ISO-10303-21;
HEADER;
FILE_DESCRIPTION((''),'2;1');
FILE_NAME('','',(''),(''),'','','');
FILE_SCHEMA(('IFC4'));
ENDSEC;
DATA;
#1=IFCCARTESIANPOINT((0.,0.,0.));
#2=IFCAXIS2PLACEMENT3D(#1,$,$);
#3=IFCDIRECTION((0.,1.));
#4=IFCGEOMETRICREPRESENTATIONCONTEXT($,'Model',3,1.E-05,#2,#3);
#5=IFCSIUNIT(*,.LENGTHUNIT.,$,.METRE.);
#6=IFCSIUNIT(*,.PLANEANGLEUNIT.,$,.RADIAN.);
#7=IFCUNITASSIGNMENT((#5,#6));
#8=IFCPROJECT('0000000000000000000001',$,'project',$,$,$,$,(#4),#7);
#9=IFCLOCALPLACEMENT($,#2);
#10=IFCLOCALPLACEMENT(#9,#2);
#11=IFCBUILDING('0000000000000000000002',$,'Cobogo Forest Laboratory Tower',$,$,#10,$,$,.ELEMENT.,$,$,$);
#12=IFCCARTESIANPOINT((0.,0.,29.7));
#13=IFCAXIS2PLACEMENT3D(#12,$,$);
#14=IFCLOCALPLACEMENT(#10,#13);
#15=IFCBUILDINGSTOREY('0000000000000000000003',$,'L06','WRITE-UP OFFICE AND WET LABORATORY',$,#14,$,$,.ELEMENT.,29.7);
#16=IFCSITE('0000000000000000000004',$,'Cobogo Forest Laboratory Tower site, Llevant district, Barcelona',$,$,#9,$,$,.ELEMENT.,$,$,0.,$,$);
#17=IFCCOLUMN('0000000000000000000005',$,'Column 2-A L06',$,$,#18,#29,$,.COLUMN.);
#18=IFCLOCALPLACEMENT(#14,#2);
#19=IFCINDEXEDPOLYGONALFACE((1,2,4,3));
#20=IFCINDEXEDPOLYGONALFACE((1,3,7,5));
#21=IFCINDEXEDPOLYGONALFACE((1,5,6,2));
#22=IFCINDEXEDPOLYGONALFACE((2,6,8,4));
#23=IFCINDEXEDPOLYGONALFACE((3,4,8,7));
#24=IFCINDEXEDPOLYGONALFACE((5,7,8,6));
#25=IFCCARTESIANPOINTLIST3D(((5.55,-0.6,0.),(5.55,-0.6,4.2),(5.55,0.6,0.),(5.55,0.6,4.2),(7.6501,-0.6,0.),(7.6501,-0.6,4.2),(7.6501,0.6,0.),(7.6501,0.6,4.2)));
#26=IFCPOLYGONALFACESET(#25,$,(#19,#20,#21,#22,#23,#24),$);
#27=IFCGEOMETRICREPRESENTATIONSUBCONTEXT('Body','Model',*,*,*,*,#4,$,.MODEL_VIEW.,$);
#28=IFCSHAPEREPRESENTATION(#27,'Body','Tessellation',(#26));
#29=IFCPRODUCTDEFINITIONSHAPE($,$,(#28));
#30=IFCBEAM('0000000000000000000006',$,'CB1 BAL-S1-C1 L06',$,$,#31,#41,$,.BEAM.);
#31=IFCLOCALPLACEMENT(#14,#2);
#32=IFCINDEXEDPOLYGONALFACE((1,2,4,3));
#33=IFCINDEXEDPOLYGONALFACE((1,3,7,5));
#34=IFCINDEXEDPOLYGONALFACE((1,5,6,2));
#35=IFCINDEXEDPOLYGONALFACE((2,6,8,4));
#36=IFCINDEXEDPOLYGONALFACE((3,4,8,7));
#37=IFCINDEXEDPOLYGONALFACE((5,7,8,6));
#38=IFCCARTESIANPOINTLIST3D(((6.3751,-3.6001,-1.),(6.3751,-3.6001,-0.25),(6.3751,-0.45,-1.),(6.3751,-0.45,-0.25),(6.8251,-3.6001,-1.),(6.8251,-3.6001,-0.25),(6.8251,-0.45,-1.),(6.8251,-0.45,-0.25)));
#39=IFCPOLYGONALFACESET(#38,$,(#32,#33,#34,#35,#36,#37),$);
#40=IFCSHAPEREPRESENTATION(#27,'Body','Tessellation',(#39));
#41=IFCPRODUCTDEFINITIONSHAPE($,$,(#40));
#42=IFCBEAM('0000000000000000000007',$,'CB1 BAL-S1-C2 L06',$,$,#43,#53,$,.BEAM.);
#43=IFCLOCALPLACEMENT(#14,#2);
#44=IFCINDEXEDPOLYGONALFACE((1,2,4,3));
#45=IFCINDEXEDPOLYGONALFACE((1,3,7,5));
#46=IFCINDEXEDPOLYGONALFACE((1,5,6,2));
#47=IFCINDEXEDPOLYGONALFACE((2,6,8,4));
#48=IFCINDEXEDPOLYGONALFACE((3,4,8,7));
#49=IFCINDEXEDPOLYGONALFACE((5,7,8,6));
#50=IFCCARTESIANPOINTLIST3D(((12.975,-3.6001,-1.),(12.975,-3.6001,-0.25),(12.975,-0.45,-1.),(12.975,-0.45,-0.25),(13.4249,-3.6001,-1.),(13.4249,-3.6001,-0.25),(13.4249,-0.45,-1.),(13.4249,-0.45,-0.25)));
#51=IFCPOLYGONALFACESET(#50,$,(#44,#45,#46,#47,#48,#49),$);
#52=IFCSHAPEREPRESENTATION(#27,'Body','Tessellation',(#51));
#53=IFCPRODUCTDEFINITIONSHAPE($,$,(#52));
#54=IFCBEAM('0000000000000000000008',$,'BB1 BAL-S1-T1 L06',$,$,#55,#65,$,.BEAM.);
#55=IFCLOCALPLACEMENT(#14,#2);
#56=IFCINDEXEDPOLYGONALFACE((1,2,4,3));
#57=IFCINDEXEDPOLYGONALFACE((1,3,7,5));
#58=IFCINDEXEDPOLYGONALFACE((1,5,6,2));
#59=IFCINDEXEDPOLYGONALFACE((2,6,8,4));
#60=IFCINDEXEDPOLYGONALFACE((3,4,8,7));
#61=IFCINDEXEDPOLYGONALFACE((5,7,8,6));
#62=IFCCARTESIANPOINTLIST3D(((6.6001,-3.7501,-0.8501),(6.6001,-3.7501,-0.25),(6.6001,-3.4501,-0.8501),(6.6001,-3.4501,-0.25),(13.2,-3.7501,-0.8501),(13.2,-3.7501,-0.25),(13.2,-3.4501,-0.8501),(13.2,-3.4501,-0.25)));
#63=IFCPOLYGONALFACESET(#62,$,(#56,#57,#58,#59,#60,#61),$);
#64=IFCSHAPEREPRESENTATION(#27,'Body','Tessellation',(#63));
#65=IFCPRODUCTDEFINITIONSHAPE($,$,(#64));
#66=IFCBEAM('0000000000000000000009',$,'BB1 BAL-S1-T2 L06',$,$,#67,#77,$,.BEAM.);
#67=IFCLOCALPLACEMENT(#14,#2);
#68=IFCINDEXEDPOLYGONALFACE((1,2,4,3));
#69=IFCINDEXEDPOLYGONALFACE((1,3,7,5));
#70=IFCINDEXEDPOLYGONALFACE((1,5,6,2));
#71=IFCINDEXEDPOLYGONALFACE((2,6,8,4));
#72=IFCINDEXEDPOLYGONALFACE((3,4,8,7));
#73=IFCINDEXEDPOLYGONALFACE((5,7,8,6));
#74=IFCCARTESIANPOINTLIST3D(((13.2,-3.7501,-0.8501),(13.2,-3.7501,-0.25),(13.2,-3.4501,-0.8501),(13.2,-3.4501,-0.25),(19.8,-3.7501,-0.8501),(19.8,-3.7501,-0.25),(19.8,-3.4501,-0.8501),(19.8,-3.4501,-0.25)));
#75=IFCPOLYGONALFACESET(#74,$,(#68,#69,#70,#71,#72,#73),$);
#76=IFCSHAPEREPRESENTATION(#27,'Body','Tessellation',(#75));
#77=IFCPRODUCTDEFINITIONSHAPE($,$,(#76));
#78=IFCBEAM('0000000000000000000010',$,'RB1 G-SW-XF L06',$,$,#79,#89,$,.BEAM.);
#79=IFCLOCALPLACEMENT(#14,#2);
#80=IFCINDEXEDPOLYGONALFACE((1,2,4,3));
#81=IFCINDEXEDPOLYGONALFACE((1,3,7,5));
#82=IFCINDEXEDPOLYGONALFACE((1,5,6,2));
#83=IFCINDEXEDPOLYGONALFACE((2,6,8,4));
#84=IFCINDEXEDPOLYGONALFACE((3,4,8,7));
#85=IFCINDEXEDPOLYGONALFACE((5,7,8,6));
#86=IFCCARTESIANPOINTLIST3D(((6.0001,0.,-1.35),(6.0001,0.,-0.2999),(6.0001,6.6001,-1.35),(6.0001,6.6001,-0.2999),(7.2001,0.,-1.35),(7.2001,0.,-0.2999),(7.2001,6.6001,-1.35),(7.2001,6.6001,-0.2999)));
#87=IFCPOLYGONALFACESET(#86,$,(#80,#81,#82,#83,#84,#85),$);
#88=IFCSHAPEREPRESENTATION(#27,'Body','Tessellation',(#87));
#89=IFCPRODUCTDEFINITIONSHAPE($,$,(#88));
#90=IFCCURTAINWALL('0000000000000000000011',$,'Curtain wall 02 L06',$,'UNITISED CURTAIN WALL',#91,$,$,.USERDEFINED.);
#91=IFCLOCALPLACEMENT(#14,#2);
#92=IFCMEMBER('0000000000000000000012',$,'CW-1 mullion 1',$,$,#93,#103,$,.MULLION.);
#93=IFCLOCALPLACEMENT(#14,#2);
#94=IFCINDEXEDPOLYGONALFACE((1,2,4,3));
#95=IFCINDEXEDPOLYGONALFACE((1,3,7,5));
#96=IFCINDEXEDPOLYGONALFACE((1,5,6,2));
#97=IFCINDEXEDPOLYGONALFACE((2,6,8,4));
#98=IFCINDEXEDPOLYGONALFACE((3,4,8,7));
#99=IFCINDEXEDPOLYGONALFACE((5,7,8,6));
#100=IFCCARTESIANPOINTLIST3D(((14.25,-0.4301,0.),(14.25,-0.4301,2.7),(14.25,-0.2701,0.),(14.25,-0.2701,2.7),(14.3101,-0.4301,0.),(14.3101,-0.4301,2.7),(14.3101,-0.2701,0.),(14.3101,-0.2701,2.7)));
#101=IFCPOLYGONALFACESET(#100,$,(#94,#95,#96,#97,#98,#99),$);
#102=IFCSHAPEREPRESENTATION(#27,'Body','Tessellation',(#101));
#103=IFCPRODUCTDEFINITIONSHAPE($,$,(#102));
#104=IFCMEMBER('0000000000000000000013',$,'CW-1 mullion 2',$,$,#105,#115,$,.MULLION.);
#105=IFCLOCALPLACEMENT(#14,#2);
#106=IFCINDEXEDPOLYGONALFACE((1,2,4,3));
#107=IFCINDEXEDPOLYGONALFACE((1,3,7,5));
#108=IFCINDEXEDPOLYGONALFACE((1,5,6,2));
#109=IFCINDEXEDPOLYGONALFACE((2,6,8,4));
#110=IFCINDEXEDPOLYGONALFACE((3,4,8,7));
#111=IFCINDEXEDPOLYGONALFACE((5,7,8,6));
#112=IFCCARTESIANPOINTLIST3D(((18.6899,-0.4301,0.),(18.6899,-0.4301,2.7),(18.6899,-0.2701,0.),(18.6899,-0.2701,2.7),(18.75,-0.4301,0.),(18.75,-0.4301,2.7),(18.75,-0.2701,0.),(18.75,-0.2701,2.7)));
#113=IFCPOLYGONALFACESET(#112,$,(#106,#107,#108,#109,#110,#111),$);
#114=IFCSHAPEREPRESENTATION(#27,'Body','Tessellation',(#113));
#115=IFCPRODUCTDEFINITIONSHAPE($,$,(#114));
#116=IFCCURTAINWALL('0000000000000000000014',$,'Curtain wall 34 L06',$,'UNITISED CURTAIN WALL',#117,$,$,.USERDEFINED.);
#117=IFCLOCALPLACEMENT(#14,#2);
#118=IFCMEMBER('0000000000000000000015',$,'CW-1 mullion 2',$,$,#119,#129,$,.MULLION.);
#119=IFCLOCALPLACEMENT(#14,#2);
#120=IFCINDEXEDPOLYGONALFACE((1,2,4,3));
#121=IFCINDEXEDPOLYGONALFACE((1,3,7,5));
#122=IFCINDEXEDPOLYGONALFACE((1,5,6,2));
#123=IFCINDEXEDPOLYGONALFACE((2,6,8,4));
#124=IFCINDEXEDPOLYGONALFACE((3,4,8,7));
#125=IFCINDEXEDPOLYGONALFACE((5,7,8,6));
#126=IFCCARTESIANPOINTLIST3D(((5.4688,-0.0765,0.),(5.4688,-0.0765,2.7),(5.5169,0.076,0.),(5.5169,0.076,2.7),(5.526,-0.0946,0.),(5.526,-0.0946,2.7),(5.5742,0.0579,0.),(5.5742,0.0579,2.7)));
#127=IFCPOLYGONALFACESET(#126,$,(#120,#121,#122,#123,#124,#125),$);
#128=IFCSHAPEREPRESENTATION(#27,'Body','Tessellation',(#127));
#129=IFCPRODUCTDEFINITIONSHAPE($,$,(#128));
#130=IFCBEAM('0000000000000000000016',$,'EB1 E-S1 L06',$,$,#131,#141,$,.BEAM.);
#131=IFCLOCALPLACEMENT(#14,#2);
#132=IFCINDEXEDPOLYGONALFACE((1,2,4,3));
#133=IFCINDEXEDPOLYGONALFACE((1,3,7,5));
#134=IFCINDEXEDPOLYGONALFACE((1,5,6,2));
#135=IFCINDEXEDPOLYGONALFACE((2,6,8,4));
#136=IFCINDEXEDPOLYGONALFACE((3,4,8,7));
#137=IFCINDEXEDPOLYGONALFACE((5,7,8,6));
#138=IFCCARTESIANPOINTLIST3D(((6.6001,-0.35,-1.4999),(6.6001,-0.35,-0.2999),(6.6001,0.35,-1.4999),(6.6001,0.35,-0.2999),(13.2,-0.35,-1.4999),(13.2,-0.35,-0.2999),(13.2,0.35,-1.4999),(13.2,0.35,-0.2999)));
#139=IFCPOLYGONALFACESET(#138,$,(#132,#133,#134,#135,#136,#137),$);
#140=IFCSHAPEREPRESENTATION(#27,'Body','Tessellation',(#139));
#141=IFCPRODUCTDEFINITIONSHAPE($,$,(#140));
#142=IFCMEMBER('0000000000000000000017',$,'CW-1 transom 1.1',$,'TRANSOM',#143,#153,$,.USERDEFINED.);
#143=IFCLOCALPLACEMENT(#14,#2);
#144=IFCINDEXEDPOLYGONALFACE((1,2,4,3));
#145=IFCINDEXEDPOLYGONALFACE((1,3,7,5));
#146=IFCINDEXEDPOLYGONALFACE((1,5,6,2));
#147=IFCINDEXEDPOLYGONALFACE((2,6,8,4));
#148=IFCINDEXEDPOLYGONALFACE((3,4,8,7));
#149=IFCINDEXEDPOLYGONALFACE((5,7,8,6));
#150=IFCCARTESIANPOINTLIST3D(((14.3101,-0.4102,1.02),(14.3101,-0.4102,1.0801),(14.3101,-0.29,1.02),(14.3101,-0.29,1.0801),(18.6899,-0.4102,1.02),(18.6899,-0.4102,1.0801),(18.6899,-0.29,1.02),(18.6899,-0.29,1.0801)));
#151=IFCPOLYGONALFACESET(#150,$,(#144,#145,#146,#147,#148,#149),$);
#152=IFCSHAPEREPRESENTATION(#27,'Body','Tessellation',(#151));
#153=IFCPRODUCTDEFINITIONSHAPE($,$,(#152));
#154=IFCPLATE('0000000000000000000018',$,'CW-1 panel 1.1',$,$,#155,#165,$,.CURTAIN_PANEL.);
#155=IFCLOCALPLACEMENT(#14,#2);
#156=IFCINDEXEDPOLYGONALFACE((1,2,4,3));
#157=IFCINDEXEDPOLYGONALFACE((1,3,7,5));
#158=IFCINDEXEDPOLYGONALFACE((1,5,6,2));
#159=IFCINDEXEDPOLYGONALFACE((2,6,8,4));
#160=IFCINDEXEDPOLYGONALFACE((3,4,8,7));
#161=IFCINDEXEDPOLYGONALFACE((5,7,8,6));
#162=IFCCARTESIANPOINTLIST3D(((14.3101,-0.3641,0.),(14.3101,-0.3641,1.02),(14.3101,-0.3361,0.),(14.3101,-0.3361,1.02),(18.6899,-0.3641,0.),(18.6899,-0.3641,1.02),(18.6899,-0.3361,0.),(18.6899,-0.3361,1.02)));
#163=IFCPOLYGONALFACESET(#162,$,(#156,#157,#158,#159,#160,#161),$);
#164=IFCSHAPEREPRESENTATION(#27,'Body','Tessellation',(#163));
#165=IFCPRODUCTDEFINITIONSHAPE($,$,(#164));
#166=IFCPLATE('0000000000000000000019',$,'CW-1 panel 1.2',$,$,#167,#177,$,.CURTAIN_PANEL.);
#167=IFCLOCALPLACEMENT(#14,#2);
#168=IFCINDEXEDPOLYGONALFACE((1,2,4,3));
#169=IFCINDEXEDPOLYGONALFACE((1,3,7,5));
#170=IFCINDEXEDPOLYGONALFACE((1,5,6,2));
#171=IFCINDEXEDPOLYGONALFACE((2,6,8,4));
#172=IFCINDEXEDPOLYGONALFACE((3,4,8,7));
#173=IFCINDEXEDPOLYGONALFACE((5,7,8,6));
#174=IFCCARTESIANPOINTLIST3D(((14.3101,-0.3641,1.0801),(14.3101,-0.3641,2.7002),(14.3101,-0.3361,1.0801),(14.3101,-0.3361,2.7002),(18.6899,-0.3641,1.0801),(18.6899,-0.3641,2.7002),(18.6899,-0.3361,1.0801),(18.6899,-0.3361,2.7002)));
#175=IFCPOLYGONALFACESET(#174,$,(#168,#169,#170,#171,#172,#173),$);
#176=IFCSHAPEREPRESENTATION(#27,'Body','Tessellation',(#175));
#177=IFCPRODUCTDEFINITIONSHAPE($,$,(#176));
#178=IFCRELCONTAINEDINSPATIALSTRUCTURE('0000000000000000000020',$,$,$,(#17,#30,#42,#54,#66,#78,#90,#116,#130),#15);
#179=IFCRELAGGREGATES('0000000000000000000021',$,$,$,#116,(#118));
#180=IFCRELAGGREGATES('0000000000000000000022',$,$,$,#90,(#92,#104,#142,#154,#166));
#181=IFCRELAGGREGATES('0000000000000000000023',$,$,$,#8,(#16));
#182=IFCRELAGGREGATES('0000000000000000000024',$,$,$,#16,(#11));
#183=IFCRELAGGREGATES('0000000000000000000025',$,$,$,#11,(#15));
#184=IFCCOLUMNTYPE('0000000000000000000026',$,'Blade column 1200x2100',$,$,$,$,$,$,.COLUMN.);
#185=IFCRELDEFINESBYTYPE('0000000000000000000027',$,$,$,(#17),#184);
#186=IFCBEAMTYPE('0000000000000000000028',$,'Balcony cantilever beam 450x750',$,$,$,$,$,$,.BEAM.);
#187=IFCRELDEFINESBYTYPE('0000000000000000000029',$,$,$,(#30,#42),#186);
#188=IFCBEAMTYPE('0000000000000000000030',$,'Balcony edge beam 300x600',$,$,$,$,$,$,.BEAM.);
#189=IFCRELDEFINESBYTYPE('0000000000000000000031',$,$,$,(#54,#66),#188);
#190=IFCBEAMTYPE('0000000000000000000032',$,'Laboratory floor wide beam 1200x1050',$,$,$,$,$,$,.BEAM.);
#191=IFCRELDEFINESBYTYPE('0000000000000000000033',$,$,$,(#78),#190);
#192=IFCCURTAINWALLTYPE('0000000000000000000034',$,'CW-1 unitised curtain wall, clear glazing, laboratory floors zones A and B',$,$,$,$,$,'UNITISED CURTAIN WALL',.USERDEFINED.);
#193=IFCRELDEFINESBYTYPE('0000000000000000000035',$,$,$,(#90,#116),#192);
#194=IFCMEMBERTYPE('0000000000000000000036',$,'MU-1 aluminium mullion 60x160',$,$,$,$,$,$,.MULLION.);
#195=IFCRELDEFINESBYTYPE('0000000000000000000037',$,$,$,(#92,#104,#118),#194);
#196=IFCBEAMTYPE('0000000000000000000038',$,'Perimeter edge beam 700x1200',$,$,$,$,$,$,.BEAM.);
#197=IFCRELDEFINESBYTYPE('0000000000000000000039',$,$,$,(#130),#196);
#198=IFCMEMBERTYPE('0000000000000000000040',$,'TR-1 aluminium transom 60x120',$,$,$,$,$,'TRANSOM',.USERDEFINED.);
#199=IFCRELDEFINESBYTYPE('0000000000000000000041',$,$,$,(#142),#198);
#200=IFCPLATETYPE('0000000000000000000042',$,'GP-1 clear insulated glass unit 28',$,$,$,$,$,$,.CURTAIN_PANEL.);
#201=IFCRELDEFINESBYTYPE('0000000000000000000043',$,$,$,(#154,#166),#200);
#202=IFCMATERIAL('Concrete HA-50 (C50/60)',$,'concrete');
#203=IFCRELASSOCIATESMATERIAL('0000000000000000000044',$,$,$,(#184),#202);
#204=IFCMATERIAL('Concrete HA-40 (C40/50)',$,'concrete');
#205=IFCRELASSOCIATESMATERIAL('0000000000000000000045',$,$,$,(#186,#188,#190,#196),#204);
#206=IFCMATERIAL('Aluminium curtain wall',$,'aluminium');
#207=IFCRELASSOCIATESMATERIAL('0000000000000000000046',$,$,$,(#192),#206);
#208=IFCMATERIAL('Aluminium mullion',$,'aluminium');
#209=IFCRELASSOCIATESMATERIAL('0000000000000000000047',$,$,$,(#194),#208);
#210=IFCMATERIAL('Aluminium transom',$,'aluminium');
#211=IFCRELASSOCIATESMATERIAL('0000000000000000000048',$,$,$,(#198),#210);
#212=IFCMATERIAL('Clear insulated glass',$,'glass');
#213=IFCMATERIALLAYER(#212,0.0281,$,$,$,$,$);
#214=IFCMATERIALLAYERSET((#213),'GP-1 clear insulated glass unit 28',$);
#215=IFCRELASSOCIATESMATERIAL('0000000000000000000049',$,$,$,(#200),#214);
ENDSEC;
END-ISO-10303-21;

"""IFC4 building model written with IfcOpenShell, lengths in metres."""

from ifc_helpers import new_model, si_unit, direction, frame, origin, origin_2d, place, context, subcontext, project, spatial, rectangle, extrude, material, layer, layer_set, material_profile, profile_set, type_object, element, aggregate, save


model = new_model("IFC4")

# Units and contexts
model_context = context("Model", 3, precision=1e-05, world=origin(), true_north=direction((0.0, 1.0)))
body_context = subcontext(model_context, "Body", "Model", "MODEL_VIEW")
ifc_project = project(units=[si_unit("LENGTHUNIT", "METRE"), si_unit("PLANEANGLEUNIT", "RADIAN")], contexts=[model_context])

# Site, building, storey
site_placement = place(None, origin())
site = spatial("IfcSite", under=ifc_project, at=site_placement, Name="Cobogo Forest Laboratory Tower site, Llevant district, Barcelona", CompositionType="ELEMENT", RefElevation=0.0)
building_placement = place(site_placement, origin())
building = spatial("IfcBuilding", under=site, at=building_placement, Name="Cobogo Forest Laboratory Tower", CompositionType="ELEMENT")
storey_placement = place(building_placement, frame((0.0, 0.0, 29.7)))
storey = spatial("IfcBuildingStorey", under=building, at=storey_placement, Name="L06", Description="WRITE-UP OFFICE AND WET LABORATORY", CompositionType="ELEMENT", Elevation=29.7)

# Column
ifc_material_1 = material(Name="Concrete HA-50 (C50/60)", Category="concrete")
ifc_material_profile_1 = material_profile(ifc_material_1, rectangle(XDim=2.1001, YDim=1.2, at=origin_2d()), Name="RC 1200x2100")
ifc_profile_set_1 = profile_set([ifc_material_profile_1], Name="Concrete HA-50 (C50/60)")
column_type = type_object("IfcColumnType", Name="Blade column 1200x2100", PredefinedType="COLUMN", material=ifc_profile_set_1)
column_placement = place(storey_placement, frame((6.6001, 0.0, 0.0), z_axis=(0.0, 0.0, 1.0), x_axis=(1.0, 0.0, 0.0)))
element("IfcColumn", 1, at=column_placement, inside=storey, type_object=column_type, Name="Column 2-A L06", PredefinedType="COLUMN", context=body_context, shape_type="SweptSolid", body=[
    extrude(rectangle(XDim=2.1001, YDim=1.2, at=origin_2d()), origin(), (0.0, 0.0, 1.0), 4.2),
])

# Beams
ifc_material_2 = material(Name="Concrete HA-40 (C40/50)", Category="concrete")
ifc_material_profile_2 = material_profile(ifc_material_2, rectangle(XDim=0.45, YDim=0.75, at=origin_2d()), Name="RC 450x750")
ifc_profile_set_2 = profile_set([ifc_material_profile_2], Name="Concrete HA-40 (C40/50)")
beam_type_1 = type_object("IfcBeamType", Name="Balcony cantilever beam 450x750", PredefinedType="BEAM", material=ifc_profile_set_2)
for number, where, z_axis, x_axis, name in (
    (2, (6.6001, -0.45, -0.625), (0.0, -1.0, 0.0), (1.0, 0.0, 0.0), "CB1 BAL-S1-C1 L06"),
    (3, (13.2, -0.45, -0.625), (0.0, -1.0, 0.0), (1.0, 0.0, 0.0), "CB1 BAL-S1-C2 L06"),
):
    element("IfcBeam", number, at=place(storey_placement, frame(where, z_axis=z_axis, x_axis=x_axis)), inside=storey, type_object=beam_type_1, Name=name, PredefinedType="BEAM", context=body_context, shape_type="SweptSolid", body=[
        extrude(rectangle(XDim=0.45, YDim=0.75, at=origin_2d()), origin(), (0.0, 0.0, 1.0), 3.1501),
    ])
ifc_material_profile_3 = material_profile(ifc_material_2, rectangle(XDim=0.3, YDim=0.6001, at=origin_2d()), Name="RC 300x600")
ifc_profile_set_3 = profile_set([ifc_material_profile_3], Name="Concrete HA-40 (C40/50)")
beam_type_2 = type_object("IfcBeamType", Name="Balcony edge beam 300x600", PredefinedType="BEAM", material=ifc_profile_set_3)
beam_1_placement = place(storey_placement, frame((6.6001, -3.6001, -0.55), z_axis=(1.0, 0.0, 0.0), x_axis=(0.0, 1.0, 0.0)))
element("IfcBeam", 4, at=beam_1_placement, inside=storey, type_object=beam_type_2, Name="BB1 BAL-S1-T1 L06", PredefinedType="BEAM", context=body_context, shape_type="SweptSolid", body=[
    extrude(rectangle(XDim=0.3, YDim=0.6001, at=origin_2d()), origin(), (0.0, 0.0, 1.0), 6.5999),
])
beam_2_placement = place(storey_placement, frame((13.2, -3.6001, -0.55), z_axis=(1.0, 0.0, 0.0), x_axis=(0.0, 1.0, 0.0)))
element("IfcBeam", 5, at=beam_2_placement, inside=storey, type_object=beam_type_2, Name="BB1 BAL-S1-T2 L06", PredefinedType="BEAM", context=body_context, shape_type="SweptSolid", body=[
    extrude(rectangle(XDim=0.3, YDim=0.6001, at=origin_2d()), origin(), (0.0, 0.0, 1.0), 6.6001),
])
ifc_material_profile_4 = material_profile(ifc_material_2, rectangle(XDim=1.2, YDim=1.05, at=origin_2d()), Name="RC 1200x1050")
ifc_profile_set_4 = profile_set([ifc_material_profile_4], Name="Concrete HA-40 (C40/50)")
beam_type_3 = type_object("IfcBeamType", Name="Laboratory floor wide beam 1200x1050", PredefinedType="BEAM", material=ifc_profile_set_4)
beam_3_placement = place(storey_placement, frame((6.6001, 0.0, -0.825), z_axis=(0.0, 1.0, 0.0), x_axis=(-1.0, 0.0, 0.0)))
element("IfcBeam", 6, at=beam_3_placement, inside=storey, type_object=beam_type_3, Name="RB1 G-SW-XF L06", PredefinedType="BEAM", context=body_context, shape_type="SweptSolid", body=[
    extrude(rectangle(XDim=1.2, YDim=1.05, at=origin_2d()), origin(), (0.0, 0.0, 1.0), 6.6001),
])

# Curtain wall, members
ifc_material_3 = material(Name="Aluminium curtain wall", Category="aluminium")
curtain_wall_type = type_object("IfcCurtainWallType", Name="CW-1 unitised curtain wall, clear glazing, laboratory floors zones A and B", ElementType="UNITISED CURTAIN WALL", PredefinedType="USERDEFINED", material=ifc_material_3)
curtain_wall_1_placement = place(storey_placement, origin())
curtain_wall_1 = element("IfcCurtainWall", 7, at=curtain_wall_1_placement, inside=storey, type_object=curtain_wall_type, Name="Curtain wall 02 L06", ObjectType="UNITISED CURTAIN WALL", PredefinedType="USERDEFINED")
ifc_material_4 = material(Name="Aluminium mullion", Category="aluminium")
ifc_material_profile_5 = material_profile(ifc_material_4, rectangle(XDim=0.0601, YDim=0.1599, at=origin_2d()), Name="AL 60x160")
ifc_profile_set_5 = profile_set([ifc_material_profile_5], Name="Aluminium mullion")
member_type_1 = type_object("IfcMemberType", Name="MU-1 aluminium mullion 60x160", PredefinedType="MULLION", material=ifc_profile_set_5)
member_1_placement = place(storey_placement, frame((14.28, -0.3501, 0.0), z_axis=(0.0, 0.0, 1.0), x_axis=(1.0, 0.0, 0.0)))
member_1 = element("IfcMember", 8, at=member_1_placement, type_object=member_type_1, Name="CW-1 mullion 1", PredefinedType="MULLION", context=body_context, shape_type="SweptSolid", body=[
    extrude(rectangle(XDim=0.0601, YDim=0.1599, at=origin_2d()), origin(), (0.0, 0.0, 1.0), 2.7),
])
member_2_placement = place(storey_placement, frame((18.72, -0.3501, 0.0), z_axis=(0.0, 0.0, 1.0), x_axis=(1.0, 0.0, 0.0)))
member_2 = element("IfcMember", 9, at=member_2_placement, type_object=member_type_1, Name="CW-1 mullion 2", PredefinedType="MULLION", context=body_context, shape_type="SweptSolid", body=[
    extrude(rectangle(XDim=0.0601, YDim=0.1599, at=origin_2d()), origin(), (0.0, 0.0, 1.0), 2.7),
])

# Curtain wall, member
curtain_wall_2_placement = place(storey_placement, origin())
curtain_wall_2 = element("IfcCurtainWall", 10, at=curtain_wall_2_placement, inside=storey, type_object=curtain_wall_type, Name="Curtain wall 34 L06", ObjectType="UNITISED CURTAIN WALL", PredefinedType="USERDEFINED")
member_3_placement = place(storey_placement, frame((5.5215, -0.0093, 0.0), z_axis=(0.0, 0.0, 1.0), x_axis=(0.953582, -0.301135, 0.0)))
member_3 = element("IfcMember", 11, at=member_3_placement, type_object=member_type_1, Name="CW-1 mullion 2", PredefinedType="MULLION", context=body_context, shape_type="SweptSolid", body=[
    extrude(rectangle(XDim=0.0601, YDim=0.1599, at=origin_2d()), origin(), (0.0, 0.0, 1.0), 2.7),
])
aggregate(curtain_wall_2, [member_3])

# Beam
ifc_material_profile_6 = material_profile(ifc_material_2, rectangle(XDim=0.7, YDim=1.2, at=origin_2d()), Name="RC 700x1200")
ifc_profile_set_6 = profile_set([ifc_material_profile_6], Name="Concrete HA-40 (C40/50)")
beam_type_4 = type_object("IfcBeamType", Name="Perimeter edge beam 700x1200", PredefinedType="BEAM", material=ifc_profile_set_6)
beam_4_placement = place(storey_placement, frame((6.6001, 0.0, -0.8999), z_axis=(1.0, 0.0, 0.0), x_axis=(0.0, 1.0, 0.0)))
element("IfcBeam", 12, at=beam_4_placement, inside=storey, type_object=beam_type_4, Name="EB1 E-S1 L06", PredefinedType="BEAM", context=body_context, shape_type="SweptSolid", body=[
    extrude(rectangle(XDim=0.7, YDim=1.2, at=origin_2d()), origin(), (0.0, 0.0, 1.0), 6.5999),
])

# Member
ifc_material_5 = material(Name="Aluminium transom", Category="aluminium")
ifc_material_profile_7 = material_profile(ifc_material_5, rectangle(XDim=0.1201, YDim=0.0601, at=origin_2d()), Name="AL 60x120")
ifc_profile_set_7 = profile_set([ifc_material_profile_7], Name="Aluminium transom")
member_type_2 = type_object("IfcMemberType", Name="TR-1 aluminium transom 60x120", ElementType="TRANSOM", PredefinedType="USERDEFINED", material=ifc_profile_set_7)
member_4_placement = place(storey_placement, frame((14.3101, -0.3501, 1.05), z_axis=(1.0, 0.0, 0.0), x_axis=(0.0, 1.0, 0.0)))
member_4 = element("IfcMember", 13, at=member_4_placement, type_object=member_type_2, Name="CW-1 transom 1.1", ObjectType="TRANSOM", PredefinedType="USERDEFINED", context=body_context, shape_type="SweptSolid", body=[
    extrude(rectangle(XDim=0.1201, YDim=0.0601, at=origin_2d()), origin(), (0.0, 0.0, 1.0), 4.3799),
])

# Plates
ifc_material_6 = material(Name="Clear insulated glass", Category="glass")
ifc_layer_1 = layer(ifc_material_6, 0.0281)
ifc_layer_set_1 = layer_set([ifc_layer_1], Name="GP-1 clear insulated glass unit 28")
plate_type = type_object("IfcPlateType", Name="GP-1 clear insulated glass unit 28", PredefinedType="CURTAIN_PANEL", material=ifc_layer_set_1)
plate_1_placement = place(storey_placement, frame((16.5, -0.3501, 0.0), z_axis=(0.0, 0.0, 1.0), x_axis=(1.0, 0.0, 0.0)))
plate_1 = element("IfcPlate", 14, at=plate_1_placement, type_object=plate_type, Name="CW-1 panel 1.1", PredefinedType="CURTAIN_PANEL", context=body_context, shape_type="SweptSolid", body=[
    extrude(rectangle(XDim=4.3799, YDim=0.0281, at=origin_2d()), origin(), (0.0, 0.0, 1.0), 1.02),
])
plate_2_placement = place(storey_placement, frame((16.5, -0.3501, 1.0801), z_axis=(0.0, 0.0, 1.0), x_axis=(1.0, 0.0, 0.0)))
plate_2 = element("IfcPlate", 15, at=plate_2_placement, type_object=plate_type, Name="CW-1 panel 1.2", PredefinedType="CURTAIN_PANEL", context=body_context, shape_type="SweptSolid", body=[
    extrude(rectangle(XDim=4.3799, YDim=0.0281, at=origin_2d()), origin(), (0.0, 0.0, 1.0), 1.6201),
])
aggregate(curtain_wall_1, [member_1, member_2, member_4, plate_1, plate_2])

save(model, "model.ifc")
